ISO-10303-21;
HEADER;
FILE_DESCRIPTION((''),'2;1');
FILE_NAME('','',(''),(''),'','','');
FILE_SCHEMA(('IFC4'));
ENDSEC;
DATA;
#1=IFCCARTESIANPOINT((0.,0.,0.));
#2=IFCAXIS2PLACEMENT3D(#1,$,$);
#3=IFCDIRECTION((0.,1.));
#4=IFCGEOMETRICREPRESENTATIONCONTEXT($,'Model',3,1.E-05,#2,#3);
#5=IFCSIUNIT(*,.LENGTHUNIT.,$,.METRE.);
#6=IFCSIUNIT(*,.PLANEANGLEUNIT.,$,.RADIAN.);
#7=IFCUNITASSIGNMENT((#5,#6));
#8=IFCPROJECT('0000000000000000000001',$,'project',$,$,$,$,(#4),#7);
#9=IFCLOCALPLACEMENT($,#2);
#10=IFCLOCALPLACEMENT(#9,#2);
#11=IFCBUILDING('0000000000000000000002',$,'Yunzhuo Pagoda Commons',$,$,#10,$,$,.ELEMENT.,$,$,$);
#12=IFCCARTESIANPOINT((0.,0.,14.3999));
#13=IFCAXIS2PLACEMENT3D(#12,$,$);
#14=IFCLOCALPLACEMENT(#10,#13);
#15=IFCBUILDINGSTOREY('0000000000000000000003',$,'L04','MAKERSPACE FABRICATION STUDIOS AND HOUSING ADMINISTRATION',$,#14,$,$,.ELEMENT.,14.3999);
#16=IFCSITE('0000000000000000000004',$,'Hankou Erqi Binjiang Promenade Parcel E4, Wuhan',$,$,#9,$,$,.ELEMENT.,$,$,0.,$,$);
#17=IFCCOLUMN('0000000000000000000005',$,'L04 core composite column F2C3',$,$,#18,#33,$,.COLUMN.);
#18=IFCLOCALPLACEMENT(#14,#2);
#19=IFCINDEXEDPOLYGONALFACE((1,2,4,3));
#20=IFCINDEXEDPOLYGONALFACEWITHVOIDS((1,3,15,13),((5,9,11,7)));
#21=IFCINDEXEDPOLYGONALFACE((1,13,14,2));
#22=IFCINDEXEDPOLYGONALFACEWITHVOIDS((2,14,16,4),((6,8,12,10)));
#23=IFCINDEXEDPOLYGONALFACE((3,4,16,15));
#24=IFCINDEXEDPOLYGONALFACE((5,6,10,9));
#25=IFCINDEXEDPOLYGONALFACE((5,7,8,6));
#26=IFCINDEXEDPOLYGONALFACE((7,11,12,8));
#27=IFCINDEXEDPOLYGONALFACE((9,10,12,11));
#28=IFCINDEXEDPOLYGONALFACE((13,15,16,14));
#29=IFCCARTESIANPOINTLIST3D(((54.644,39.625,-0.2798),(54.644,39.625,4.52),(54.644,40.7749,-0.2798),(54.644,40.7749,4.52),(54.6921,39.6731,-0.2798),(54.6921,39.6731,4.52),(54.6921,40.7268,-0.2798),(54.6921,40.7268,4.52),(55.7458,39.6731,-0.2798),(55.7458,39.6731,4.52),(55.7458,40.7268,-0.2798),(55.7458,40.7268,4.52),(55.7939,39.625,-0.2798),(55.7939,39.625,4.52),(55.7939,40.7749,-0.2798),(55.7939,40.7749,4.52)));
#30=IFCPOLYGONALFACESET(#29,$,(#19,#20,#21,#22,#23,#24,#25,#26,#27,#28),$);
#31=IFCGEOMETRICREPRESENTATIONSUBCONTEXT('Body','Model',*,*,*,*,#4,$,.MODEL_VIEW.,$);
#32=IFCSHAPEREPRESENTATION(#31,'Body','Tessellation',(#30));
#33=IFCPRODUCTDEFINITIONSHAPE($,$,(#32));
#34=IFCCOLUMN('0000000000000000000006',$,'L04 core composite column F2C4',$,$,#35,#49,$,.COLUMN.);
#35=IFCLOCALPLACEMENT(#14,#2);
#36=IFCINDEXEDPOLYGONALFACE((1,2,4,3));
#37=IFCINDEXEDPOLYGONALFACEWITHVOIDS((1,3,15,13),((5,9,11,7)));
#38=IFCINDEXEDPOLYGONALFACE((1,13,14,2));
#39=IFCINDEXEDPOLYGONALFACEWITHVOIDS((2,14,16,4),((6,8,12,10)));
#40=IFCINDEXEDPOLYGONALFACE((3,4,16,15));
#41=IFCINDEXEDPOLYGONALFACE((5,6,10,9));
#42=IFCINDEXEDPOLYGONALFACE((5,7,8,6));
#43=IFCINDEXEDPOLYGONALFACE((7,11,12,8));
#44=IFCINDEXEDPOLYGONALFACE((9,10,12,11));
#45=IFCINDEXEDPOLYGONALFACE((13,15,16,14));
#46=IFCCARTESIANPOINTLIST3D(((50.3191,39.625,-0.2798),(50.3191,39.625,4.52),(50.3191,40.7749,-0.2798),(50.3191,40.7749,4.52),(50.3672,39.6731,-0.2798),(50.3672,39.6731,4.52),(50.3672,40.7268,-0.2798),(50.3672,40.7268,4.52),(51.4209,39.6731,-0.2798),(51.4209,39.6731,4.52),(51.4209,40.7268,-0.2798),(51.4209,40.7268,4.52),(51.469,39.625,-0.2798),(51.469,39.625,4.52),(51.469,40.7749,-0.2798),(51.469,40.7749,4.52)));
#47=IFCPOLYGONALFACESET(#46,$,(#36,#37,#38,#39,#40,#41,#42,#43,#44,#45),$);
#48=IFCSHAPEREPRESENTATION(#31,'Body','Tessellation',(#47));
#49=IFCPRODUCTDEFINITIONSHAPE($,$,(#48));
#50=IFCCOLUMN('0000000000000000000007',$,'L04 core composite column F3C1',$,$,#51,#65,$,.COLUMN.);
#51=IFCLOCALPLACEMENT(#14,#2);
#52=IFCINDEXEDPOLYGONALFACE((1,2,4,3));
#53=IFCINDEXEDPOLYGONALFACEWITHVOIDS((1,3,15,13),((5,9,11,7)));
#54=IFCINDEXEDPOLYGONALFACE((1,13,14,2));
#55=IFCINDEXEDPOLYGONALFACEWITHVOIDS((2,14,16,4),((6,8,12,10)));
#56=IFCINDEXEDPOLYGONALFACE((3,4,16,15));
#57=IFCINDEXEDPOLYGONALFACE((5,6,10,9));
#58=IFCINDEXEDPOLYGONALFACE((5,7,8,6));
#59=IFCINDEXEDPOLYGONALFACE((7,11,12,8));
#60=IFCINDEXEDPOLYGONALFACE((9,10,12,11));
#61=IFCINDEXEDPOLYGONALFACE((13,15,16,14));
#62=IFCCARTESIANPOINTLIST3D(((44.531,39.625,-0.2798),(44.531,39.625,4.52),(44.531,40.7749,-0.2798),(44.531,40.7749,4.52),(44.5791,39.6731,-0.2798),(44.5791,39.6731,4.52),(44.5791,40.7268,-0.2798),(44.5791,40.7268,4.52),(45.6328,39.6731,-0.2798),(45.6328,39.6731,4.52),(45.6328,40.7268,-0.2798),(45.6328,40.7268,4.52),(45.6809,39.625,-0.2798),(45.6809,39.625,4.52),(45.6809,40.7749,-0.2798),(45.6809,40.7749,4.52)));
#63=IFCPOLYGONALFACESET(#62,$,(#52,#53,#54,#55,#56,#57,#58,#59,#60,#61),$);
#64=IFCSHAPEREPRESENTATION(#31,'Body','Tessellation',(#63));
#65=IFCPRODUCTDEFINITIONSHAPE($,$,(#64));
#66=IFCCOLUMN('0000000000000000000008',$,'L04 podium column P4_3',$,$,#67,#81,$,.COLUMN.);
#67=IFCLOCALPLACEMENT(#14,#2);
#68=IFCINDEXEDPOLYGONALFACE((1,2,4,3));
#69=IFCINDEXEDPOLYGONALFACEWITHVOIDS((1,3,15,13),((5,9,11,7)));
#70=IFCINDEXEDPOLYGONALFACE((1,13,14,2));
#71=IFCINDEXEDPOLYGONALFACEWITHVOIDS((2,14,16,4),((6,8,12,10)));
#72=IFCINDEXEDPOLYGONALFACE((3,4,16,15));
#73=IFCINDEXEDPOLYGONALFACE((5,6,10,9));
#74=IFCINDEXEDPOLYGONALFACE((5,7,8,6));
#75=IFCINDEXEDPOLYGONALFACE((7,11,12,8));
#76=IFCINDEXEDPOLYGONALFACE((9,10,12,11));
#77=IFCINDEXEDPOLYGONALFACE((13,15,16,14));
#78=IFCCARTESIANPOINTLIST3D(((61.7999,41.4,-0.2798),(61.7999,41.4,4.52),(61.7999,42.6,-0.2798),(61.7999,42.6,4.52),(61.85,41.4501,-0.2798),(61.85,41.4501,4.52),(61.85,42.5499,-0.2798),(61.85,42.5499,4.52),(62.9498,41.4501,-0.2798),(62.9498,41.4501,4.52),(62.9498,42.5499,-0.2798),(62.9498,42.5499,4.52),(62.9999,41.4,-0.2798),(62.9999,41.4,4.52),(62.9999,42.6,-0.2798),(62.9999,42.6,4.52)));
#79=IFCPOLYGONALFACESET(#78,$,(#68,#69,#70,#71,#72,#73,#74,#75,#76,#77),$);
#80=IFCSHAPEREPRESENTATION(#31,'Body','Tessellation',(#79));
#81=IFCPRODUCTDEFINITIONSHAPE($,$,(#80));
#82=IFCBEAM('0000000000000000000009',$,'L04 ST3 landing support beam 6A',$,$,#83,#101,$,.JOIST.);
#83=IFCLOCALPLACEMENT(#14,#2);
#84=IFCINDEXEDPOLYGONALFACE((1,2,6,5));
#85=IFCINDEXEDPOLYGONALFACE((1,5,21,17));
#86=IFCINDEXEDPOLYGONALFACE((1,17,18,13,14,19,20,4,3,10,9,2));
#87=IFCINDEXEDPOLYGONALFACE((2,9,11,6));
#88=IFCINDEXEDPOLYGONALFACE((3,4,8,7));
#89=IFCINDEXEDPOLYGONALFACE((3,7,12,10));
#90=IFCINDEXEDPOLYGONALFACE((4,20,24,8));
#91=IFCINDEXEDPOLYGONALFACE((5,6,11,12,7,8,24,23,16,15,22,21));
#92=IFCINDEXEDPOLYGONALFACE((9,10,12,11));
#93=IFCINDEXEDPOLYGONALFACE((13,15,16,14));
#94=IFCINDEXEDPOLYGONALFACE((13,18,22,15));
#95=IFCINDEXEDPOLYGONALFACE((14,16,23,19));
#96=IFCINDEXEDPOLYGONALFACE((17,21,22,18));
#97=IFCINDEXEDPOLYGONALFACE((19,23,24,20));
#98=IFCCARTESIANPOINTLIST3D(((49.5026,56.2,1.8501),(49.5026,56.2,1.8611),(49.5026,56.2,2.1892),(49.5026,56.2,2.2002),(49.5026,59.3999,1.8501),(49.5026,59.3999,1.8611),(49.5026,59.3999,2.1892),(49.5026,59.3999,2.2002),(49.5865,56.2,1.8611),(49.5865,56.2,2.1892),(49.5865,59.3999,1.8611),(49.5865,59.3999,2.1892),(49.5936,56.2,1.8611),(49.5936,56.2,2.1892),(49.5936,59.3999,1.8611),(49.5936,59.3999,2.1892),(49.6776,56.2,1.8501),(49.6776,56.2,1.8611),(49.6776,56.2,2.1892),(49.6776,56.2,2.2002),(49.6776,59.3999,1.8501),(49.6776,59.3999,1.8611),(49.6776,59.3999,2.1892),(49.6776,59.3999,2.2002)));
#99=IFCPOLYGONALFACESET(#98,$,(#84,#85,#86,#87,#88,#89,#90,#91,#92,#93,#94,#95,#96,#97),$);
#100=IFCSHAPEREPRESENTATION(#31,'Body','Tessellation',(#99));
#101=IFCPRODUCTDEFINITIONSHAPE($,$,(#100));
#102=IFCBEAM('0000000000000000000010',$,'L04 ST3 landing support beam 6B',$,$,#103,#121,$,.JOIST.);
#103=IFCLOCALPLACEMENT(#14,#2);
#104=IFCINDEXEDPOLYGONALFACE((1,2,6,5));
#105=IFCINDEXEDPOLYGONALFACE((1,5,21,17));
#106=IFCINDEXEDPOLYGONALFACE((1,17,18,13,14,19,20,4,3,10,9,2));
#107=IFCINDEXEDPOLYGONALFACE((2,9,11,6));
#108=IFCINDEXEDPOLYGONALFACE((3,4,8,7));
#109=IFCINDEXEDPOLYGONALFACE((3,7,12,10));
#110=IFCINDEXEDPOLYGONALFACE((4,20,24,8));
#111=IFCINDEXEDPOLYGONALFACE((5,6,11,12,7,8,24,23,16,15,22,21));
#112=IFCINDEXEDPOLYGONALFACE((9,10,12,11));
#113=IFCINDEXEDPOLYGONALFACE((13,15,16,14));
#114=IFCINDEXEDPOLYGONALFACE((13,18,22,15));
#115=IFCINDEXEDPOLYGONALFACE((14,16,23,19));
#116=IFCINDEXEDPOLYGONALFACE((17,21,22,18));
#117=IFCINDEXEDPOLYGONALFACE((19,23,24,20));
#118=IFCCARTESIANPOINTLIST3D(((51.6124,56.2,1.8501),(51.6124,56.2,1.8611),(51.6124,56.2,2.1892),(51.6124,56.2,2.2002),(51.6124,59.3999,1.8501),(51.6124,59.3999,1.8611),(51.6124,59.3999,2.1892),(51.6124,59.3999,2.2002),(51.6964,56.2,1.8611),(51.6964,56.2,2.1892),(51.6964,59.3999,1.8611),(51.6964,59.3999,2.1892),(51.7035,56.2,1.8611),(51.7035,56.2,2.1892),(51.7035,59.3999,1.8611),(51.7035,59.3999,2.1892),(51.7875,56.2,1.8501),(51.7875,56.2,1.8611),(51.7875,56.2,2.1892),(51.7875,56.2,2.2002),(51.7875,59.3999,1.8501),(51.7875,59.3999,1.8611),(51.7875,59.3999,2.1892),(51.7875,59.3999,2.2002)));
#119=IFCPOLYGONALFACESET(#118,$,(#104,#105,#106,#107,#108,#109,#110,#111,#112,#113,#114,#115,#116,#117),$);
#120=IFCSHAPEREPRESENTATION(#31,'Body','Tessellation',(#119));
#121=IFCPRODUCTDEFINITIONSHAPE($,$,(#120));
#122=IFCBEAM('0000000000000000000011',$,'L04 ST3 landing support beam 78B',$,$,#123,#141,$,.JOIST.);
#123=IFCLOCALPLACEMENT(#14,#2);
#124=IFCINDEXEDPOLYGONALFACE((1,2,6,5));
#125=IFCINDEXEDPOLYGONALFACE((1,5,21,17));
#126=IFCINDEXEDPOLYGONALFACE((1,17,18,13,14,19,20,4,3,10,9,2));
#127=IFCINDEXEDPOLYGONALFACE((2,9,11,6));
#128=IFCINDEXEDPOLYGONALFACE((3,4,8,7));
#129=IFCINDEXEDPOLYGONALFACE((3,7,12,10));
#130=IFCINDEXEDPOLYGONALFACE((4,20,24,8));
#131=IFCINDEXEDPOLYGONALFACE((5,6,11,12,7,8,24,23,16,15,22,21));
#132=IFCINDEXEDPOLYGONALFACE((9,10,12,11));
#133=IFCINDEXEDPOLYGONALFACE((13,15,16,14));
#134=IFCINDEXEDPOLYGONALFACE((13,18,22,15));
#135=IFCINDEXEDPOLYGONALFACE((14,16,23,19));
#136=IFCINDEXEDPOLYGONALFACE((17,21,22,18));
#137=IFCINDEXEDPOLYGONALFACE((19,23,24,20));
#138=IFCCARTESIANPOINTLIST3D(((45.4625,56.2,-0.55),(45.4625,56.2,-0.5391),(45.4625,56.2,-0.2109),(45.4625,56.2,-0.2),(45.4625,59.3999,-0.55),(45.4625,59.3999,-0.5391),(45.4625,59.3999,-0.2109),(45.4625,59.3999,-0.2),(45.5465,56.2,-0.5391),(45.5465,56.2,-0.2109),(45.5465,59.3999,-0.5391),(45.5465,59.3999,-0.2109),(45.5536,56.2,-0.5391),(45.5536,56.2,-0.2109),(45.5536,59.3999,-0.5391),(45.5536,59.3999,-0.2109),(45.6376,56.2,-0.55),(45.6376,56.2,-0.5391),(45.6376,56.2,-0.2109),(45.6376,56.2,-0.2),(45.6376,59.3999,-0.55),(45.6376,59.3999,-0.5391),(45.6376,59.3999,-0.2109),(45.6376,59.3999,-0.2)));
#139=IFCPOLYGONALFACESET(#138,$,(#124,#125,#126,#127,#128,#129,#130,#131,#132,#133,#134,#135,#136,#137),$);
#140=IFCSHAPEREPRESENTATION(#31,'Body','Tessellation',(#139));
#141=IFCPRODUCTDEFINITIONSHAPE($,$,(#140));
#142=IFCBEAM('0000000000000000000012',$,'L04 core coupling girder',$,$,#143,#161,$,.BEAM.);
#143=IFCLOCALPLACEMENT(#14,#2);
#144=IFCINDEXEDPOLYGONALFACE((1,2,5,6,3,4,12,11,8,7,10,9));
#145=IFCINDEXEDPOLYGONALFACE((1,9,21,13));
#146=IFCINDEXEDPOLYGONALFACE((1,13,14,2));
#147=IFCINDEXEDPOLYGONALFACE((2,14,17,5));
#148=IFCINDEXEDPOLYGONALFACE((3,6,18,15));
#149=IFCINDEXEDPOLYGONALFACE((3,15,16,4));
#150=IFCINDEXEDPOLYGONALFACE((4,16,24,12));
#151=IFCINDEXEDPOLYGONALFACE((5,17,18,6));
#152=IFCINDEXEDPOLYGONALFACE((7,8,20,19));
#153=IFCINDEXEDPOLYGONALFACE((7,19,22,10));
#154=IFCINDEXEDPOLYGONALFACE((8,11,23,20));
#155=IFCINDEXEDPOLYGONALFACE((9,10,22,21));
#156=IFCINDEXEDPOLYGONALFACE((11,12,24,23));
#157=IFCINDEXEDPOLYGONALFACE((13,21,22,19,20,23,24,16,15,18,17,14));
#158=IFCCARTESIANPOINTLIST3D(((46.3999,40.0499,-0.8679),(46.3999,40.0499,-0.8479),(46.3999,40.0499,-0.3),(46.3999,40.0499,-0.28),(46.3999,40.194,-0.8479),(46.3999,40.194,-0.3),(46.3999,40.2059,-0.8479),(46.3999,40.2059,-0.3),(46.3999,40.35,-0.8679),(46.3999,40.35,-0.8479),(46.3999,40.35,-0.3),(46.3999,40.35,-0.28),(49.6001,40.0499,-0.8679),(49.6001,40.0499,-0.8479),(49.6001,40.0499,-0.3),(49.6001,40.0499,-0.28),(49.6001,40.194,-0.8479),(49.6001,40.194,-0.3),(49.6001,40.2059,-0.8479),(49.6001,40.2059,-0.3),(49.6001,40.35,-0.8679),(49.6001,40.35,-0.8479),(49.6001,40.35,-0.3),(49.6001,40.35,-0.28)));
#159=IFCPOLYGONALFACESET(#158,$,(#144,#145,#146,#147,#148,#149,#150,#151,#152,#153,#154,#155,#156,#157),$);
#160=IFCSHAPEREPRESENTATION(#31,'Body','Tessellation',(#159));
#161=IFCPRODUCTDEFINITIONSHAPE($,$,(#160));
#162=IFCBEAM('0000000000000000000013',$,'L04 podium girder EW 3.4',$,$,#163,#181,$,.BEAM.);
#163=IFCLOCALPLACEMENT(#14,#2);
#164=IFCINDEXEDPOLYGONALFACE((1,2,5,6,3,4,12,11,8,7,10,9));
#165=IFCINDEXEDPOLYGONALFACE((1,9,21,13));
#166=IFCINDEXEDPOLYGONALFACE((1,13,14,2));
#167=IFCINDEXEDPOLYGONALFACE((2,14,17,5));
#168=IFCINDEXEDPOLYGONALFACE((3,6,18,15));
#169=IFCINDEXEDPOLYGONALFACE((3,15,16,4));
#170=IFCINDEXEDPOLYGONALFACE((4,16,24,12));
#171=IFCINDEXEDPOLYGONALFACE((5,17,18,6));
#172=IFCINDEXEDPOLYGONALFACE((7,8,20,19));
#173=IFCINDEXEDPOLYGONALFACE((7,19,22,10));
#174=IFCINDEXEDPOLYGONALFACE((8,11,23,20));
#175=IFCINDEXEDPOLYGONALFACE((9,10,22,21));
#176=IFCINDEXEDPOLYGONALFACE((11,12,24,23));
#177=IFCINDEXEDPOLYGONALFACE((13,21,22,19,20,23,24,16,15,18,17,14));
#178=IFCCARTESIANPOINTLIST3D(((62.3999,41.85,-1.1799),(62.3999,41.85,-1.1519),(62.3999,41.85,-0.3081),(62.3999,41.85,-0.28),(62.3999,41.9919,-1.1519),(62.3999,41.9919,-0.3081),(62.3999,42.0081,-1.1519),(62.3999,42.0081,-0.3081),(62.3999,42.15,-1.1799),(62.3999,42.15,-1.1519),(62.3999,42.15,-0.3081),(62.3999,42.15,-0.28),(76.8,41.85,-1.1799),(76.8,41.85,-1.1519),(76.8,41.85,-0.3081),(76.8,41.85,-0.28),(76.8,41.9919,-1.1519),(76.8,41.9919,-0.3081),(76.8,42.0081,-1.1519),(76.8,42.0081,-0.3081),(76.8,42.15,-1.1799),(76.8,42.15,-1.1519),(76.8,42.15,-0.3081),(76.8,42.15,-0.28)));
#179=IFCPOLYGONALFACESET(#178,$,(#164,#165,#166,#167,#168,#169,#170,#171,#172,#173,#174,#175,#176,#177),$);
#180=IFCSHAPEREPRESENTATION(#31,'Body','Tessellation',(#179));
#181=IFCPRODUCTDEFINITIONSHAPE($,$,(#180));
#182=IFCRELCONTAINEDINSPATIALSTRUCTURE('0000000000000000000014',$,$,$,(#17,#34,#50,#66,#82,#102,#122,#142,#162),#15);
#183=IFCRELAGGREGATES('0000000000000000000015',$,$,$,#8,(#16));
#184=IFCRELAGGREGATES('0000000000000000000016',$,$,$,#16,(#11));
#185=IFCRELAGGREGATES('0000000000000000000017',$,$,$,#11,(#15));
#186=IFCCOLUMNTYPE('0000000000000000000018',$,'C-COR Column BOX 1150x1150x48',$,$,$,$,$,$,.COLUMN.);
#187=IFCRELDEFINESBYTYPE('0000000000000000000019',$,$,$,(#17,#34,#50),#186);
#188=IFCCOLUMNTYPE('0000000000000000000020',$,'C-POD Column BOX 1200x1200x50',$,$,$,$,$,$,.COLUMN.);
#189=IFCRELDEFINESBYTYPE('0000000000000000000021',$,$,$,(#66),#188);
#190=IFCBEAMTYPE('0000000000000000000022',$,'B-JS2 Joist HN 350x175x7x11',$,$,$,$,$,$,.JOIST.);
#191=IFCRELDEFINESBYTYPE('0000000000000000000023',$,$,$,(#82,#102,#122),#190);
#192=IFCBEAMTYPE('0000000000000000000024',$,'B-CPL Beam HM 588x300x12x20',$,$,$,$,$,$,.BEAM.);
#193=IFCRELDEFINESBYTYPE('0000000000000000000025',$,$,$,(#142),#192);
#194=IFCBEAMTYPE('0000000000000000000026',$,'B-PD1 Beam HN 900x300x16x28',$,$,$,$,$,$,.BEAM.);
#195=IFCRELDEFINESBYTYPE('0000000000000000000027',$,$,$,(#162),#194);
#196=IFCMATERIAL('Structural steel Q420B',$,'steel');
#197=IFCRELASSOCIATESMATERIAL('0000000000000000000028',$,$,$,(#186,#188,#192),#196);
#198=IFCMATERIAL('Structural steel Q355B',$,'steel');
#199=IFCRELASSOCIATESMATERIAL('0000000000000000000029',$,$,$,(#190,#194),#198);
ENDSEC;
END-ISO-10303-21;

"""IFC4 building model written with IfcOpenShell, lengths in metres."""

from ifc_helpers import new_model, si_unit, direction, frame, origin, origin_2d, place, context, subcontext, project, spatial, hollow_rectangle, i_section, extrude, source, transform, mapped, material, material_profile, profile_set, type_object, element, save


model = new_model("IFC4")

# Units and contexts
model_context = context("Model", 3, precision=1e-05, world=origin(), true_north=direction((0.0, 1.0)))
body_context = subcontext(model_context, "Body", "Model", "MODEL_VIEW")
ifc_project = project(units=[si_unit("LENGTHUNIT", "METRE"), si_unit("PLANEANGLEUNIT", "RADIAN")], contexts=[model_context])

# Site, building, storey
site_placement = place(None, origin())
site = spatial("IfcSite", under=ifc_project, at=site_placement, Name="Hankou Erqi Binjiang Promenade Parcel E4, Wuhan", CompositionType="ELEMENT", RefElevation=0.0)
building_placement = place(site_placement, origin())
building = spatial("IfcBuilding", under=site, at=building_placement, Name="Yunzhuo Pagoda Commons", CompositionType="ELEMENT")
storey_placement = place(building_placement, frame((0.0, 0.0, 14.3999)))
storey = spatial("IfcBuildingStorey", under=building, at=storey_placement, Name="L04", Description="MAKERSPACE FABRICATION STUDIOS AND HOUSING ADMINISTRATION", CompositionType="ELEMENT", Elevation=14.3999)

# Columns
ifc_material_1 = material(Name="Structural steel Q420B", Category="steel")
ifc_material_profile_1 = material_profile(ifc_material_1, hollow_rectangle(XDim=1.1499, YDim=1.1499, WallThickness=0.0481, at=origin_2d()), Name="Structural steel Q420B")
ifc_profile_set_1 = profile_set([ifc_material_profile_1], Name="Structural steel Q420B")
column_type_1 = type_object("IfcColumnType", Name="C-COR Column BOX 1150x1150x48", PredefinedType="COLUMN", material=ifc_profile_set_1)
shared_shape_1 = source(origin(), body_context, "Body", "SweptSolid", [
    extrude(hollow_rectangle(XDim=1.1499, YDim=1.1499, WallThickness=0.0481, at=origin_2d()), origin(), (0.0, 0.0, 1.0), 4.7998),
])
for number, where, z_axis, x_axis, name in (
    (1, (55.219, 40.2, -0.2798), (0.0, 0.0, 1.0), (1.0, 0.0, 0.0), "L04 core composite column F2C3"),
    (2, (50.894, 40.2, -0.2798), (0.0, 0.0, 1.0), (1.0, 0.0, 0.0), "L04 core composite column F2C4"),
    (3, (45.106, 40.2, -0.2798), (0.0, 0.0, 1.0), (1.0, 0.0, 0.0), "L04 core composite column F3C1"),
):
    element("IfcColumn", number, at=place(storey_placement, frame(where, z_axis=z_axis, x_axis=x_axis)), inside=storey, type_object=column_type_1, Name=name, PredefinedType="COLUMN", context=body_context, shape_type="MappedRepresentation", body=[
        mapped(shared_shape_1, transform((0.0, 0.0, 0.0), scale=1.0)),
    ])
ifc_material_profile_2 = material_profile(ifc_material_1, hollow_rectangle(XDim=1.2, YDim=1.2, WallThickness=0.05, at=origin_2d()), Name="Structural steel Q420B")
ifc_profile_set_2 = profile_set([ifc_material_profile_2], Name="Structural steel Q420B")
column_type_2 = type_object("IfcColumnType", Name="C-POD Column BOX 1200x1200x50", PredefinedType="COLUMN", material=ifc_profile_set_2)
shared_shape_2 = source(origin(), body_context, "Body", "SweptSolid", [
    extrude(hollow_rectangle(XDim=1.2, YDim=1.2, WallThickness=0.05, at=origin_2d()), origin(), (0.0, 0.0, 1.0), 4.7998),
])
column_placement = place(storey_placement, frame((62.3999, 42.0, -0.2798), z_axis=(0.0, 0.0, 1.0), x_axis=(1.0, 0.0, 0.0)))
element("IfcColumn", 4, at=column_placement, inside=storey, type_object=column_type_2, Name="L04 podium column P4_3", PredefinedType="COLUMN", context=body_context, shape_type="MappedRepresentation", body=[
    mapped(shared_shape_2, transform((0.0, 0.0, 0.0), scale=1.0)),
])

# Beams
ifc_material_2 = material(Name="Structural steel Q355B", Category="steel")
ifc_material_profile_3 = material_profile(ifc_material_2, i_section(OverallWidth=0.175, OverallDepth=0.3501, WebThickness=0.0071, FlangeThickness=0.011, at=origin_2d()), Name="Structural steel Q355B")
ifc_profile_set_3 = profile_set([ifc_material_profile_3], Name="Structural steel Q355B")
beam_type_1 = type_object("IfcBeamType", Name="B-JS2 Joist HN 350x175x7x11", PredefinedType="JOIST", material=ifc_profile_set_3)
shared_shape_3 = source(origin(), body_context, "Body", "SweptSolid", [
    extrude(i_section(OverallWidth=0.175, OverallDepth=0.3501, WebThickness=0.0071, FlangeThickness=0.011, at=origin_2d()), origin(), (0.0, 0.0, 1.0), 3.2),
])
for number, where, z_axis, x_axis, name in (
    (5, (49.5901, 56.2, 2.0251), (0.0, 1.0, 0.0), (-1.0, 0.0, 0.0), "L04 ST3 landing support beam 6A"),
    (6, (51.7, 56.2, 2.0251), (0.0, 1.0, 0.0), (-1.0, 0.0, 0.0), "L04 ST3 landing support beam 6B"),
    (7, (45.55, 56.2, -0.375), (0.0, 1.0, 0.0), (-1.0, 0.0, 0.0), "L04 ST3 landing support beam 78B"),
):
    element("IfcBeam", number, at=place(storey_placement, frame(where, z_axis=z_axis, x_axis=x_axis)), inside=storey, type_object=beam_type_1, Name=name, PredefinedType="JOIST", context=body_context, shape_type="MappedRepresentation", body=[
        mapped(shared_shape_3, transform((0.0, 0.0, 0.0), scale=1.0)),
    ])
ifc_material_profile_4 = material_profile(ifc_material_1, i_section(OverallWidth=0.3, OverallDepth=0.5879, WebThickness=0.012, FlangeThickness=0.02, at=origin_2d()), Name="Structural steel Q420B")
ifc_profile_set_4 = profile_set([ifc_material_profile_4], Name="Structural steel Q420B")
beam_type_2 = type_object("IfcBeamType", Name="B-CPL Beam HM 588x300x12x20", PredefinedType="BEAM", material=ifc_profile_set_4)
shared_shape_4 = source(origin(), body_context, "Body", "SweptSolid", [
    extrude(i_section(OverallWidth=0.3, OverallDepth=0.5879, WebThickness=0.012, FlangeThickness=0.02, at=origin_2d()), origin(), (0.0, 0.0, 1.0), 3.2002),
])
beam_1_placement = place(storey_placement, frame((46.3999, 40.2, -0.574), z_axis=(1.0, 0.0, 0.0), x_axis=(0.0, 1.0, 0.0)))
element("IfcBeam", 8, at=beam_1_placement, inside=storey, type_object=beam_type_2, Name="L04 core coupling girder", PredefinedType="BEAM", context=body_context, shape_type="MappedRepresentation", body=[
    mapped(shared_shape_4, transform((0.0, 0.0, 0.0), scale=1.0)),
])
ifc_material_profile_5 = material_profile(ifc_material_2, i_section(OverallWidth=0.3, OverallDepth=0.8999, WebThickness=0.0161, FlangeThickness=0.0281, at=origin_2d()), Name="Structural steel Q355B")
ifc_profile_set_5 = profile_set([ifc_material_profile_5], Name="Structural steel Q355B")
beam_type_3 = type_object("IfcBeamType", Name="B-PD1 Beam HN 900x300x16x28", PredefinedType="BEAM", material=ifc_profile_set_5)
shared_shape_5 = source(origin(), body_context, "Body", "SweptSolid", [
    extrude(i_section(OverallWidth=0.3, OverallDepth=0.8999, WebThickness=0.0161, FlangeThickness=0.0281, at=origin_2d()), origin(), (0.0, 0.0, 1.0), 14.4001),
])
beam_2_placement = place(storey_placement, frame((62.3999, 42.0, -0.73), z_axis=(1.0, 0.0, 0.0), x_axis=(0.0, 1.0, 0.0)))
element("IfcBeam", 9, at=beam_2_placement, inside=storey, type_object=beam_type_3, Name="L04 podium girder EW 3.4", PredefinedType="BEAM", context=body_context, shape_type="MappedRepresentation", body=[
    mapped(shared_shape_5, transform((0.0, 0.0, 0.0), scale=1.0)),
])

save(model, "model.ifc")
